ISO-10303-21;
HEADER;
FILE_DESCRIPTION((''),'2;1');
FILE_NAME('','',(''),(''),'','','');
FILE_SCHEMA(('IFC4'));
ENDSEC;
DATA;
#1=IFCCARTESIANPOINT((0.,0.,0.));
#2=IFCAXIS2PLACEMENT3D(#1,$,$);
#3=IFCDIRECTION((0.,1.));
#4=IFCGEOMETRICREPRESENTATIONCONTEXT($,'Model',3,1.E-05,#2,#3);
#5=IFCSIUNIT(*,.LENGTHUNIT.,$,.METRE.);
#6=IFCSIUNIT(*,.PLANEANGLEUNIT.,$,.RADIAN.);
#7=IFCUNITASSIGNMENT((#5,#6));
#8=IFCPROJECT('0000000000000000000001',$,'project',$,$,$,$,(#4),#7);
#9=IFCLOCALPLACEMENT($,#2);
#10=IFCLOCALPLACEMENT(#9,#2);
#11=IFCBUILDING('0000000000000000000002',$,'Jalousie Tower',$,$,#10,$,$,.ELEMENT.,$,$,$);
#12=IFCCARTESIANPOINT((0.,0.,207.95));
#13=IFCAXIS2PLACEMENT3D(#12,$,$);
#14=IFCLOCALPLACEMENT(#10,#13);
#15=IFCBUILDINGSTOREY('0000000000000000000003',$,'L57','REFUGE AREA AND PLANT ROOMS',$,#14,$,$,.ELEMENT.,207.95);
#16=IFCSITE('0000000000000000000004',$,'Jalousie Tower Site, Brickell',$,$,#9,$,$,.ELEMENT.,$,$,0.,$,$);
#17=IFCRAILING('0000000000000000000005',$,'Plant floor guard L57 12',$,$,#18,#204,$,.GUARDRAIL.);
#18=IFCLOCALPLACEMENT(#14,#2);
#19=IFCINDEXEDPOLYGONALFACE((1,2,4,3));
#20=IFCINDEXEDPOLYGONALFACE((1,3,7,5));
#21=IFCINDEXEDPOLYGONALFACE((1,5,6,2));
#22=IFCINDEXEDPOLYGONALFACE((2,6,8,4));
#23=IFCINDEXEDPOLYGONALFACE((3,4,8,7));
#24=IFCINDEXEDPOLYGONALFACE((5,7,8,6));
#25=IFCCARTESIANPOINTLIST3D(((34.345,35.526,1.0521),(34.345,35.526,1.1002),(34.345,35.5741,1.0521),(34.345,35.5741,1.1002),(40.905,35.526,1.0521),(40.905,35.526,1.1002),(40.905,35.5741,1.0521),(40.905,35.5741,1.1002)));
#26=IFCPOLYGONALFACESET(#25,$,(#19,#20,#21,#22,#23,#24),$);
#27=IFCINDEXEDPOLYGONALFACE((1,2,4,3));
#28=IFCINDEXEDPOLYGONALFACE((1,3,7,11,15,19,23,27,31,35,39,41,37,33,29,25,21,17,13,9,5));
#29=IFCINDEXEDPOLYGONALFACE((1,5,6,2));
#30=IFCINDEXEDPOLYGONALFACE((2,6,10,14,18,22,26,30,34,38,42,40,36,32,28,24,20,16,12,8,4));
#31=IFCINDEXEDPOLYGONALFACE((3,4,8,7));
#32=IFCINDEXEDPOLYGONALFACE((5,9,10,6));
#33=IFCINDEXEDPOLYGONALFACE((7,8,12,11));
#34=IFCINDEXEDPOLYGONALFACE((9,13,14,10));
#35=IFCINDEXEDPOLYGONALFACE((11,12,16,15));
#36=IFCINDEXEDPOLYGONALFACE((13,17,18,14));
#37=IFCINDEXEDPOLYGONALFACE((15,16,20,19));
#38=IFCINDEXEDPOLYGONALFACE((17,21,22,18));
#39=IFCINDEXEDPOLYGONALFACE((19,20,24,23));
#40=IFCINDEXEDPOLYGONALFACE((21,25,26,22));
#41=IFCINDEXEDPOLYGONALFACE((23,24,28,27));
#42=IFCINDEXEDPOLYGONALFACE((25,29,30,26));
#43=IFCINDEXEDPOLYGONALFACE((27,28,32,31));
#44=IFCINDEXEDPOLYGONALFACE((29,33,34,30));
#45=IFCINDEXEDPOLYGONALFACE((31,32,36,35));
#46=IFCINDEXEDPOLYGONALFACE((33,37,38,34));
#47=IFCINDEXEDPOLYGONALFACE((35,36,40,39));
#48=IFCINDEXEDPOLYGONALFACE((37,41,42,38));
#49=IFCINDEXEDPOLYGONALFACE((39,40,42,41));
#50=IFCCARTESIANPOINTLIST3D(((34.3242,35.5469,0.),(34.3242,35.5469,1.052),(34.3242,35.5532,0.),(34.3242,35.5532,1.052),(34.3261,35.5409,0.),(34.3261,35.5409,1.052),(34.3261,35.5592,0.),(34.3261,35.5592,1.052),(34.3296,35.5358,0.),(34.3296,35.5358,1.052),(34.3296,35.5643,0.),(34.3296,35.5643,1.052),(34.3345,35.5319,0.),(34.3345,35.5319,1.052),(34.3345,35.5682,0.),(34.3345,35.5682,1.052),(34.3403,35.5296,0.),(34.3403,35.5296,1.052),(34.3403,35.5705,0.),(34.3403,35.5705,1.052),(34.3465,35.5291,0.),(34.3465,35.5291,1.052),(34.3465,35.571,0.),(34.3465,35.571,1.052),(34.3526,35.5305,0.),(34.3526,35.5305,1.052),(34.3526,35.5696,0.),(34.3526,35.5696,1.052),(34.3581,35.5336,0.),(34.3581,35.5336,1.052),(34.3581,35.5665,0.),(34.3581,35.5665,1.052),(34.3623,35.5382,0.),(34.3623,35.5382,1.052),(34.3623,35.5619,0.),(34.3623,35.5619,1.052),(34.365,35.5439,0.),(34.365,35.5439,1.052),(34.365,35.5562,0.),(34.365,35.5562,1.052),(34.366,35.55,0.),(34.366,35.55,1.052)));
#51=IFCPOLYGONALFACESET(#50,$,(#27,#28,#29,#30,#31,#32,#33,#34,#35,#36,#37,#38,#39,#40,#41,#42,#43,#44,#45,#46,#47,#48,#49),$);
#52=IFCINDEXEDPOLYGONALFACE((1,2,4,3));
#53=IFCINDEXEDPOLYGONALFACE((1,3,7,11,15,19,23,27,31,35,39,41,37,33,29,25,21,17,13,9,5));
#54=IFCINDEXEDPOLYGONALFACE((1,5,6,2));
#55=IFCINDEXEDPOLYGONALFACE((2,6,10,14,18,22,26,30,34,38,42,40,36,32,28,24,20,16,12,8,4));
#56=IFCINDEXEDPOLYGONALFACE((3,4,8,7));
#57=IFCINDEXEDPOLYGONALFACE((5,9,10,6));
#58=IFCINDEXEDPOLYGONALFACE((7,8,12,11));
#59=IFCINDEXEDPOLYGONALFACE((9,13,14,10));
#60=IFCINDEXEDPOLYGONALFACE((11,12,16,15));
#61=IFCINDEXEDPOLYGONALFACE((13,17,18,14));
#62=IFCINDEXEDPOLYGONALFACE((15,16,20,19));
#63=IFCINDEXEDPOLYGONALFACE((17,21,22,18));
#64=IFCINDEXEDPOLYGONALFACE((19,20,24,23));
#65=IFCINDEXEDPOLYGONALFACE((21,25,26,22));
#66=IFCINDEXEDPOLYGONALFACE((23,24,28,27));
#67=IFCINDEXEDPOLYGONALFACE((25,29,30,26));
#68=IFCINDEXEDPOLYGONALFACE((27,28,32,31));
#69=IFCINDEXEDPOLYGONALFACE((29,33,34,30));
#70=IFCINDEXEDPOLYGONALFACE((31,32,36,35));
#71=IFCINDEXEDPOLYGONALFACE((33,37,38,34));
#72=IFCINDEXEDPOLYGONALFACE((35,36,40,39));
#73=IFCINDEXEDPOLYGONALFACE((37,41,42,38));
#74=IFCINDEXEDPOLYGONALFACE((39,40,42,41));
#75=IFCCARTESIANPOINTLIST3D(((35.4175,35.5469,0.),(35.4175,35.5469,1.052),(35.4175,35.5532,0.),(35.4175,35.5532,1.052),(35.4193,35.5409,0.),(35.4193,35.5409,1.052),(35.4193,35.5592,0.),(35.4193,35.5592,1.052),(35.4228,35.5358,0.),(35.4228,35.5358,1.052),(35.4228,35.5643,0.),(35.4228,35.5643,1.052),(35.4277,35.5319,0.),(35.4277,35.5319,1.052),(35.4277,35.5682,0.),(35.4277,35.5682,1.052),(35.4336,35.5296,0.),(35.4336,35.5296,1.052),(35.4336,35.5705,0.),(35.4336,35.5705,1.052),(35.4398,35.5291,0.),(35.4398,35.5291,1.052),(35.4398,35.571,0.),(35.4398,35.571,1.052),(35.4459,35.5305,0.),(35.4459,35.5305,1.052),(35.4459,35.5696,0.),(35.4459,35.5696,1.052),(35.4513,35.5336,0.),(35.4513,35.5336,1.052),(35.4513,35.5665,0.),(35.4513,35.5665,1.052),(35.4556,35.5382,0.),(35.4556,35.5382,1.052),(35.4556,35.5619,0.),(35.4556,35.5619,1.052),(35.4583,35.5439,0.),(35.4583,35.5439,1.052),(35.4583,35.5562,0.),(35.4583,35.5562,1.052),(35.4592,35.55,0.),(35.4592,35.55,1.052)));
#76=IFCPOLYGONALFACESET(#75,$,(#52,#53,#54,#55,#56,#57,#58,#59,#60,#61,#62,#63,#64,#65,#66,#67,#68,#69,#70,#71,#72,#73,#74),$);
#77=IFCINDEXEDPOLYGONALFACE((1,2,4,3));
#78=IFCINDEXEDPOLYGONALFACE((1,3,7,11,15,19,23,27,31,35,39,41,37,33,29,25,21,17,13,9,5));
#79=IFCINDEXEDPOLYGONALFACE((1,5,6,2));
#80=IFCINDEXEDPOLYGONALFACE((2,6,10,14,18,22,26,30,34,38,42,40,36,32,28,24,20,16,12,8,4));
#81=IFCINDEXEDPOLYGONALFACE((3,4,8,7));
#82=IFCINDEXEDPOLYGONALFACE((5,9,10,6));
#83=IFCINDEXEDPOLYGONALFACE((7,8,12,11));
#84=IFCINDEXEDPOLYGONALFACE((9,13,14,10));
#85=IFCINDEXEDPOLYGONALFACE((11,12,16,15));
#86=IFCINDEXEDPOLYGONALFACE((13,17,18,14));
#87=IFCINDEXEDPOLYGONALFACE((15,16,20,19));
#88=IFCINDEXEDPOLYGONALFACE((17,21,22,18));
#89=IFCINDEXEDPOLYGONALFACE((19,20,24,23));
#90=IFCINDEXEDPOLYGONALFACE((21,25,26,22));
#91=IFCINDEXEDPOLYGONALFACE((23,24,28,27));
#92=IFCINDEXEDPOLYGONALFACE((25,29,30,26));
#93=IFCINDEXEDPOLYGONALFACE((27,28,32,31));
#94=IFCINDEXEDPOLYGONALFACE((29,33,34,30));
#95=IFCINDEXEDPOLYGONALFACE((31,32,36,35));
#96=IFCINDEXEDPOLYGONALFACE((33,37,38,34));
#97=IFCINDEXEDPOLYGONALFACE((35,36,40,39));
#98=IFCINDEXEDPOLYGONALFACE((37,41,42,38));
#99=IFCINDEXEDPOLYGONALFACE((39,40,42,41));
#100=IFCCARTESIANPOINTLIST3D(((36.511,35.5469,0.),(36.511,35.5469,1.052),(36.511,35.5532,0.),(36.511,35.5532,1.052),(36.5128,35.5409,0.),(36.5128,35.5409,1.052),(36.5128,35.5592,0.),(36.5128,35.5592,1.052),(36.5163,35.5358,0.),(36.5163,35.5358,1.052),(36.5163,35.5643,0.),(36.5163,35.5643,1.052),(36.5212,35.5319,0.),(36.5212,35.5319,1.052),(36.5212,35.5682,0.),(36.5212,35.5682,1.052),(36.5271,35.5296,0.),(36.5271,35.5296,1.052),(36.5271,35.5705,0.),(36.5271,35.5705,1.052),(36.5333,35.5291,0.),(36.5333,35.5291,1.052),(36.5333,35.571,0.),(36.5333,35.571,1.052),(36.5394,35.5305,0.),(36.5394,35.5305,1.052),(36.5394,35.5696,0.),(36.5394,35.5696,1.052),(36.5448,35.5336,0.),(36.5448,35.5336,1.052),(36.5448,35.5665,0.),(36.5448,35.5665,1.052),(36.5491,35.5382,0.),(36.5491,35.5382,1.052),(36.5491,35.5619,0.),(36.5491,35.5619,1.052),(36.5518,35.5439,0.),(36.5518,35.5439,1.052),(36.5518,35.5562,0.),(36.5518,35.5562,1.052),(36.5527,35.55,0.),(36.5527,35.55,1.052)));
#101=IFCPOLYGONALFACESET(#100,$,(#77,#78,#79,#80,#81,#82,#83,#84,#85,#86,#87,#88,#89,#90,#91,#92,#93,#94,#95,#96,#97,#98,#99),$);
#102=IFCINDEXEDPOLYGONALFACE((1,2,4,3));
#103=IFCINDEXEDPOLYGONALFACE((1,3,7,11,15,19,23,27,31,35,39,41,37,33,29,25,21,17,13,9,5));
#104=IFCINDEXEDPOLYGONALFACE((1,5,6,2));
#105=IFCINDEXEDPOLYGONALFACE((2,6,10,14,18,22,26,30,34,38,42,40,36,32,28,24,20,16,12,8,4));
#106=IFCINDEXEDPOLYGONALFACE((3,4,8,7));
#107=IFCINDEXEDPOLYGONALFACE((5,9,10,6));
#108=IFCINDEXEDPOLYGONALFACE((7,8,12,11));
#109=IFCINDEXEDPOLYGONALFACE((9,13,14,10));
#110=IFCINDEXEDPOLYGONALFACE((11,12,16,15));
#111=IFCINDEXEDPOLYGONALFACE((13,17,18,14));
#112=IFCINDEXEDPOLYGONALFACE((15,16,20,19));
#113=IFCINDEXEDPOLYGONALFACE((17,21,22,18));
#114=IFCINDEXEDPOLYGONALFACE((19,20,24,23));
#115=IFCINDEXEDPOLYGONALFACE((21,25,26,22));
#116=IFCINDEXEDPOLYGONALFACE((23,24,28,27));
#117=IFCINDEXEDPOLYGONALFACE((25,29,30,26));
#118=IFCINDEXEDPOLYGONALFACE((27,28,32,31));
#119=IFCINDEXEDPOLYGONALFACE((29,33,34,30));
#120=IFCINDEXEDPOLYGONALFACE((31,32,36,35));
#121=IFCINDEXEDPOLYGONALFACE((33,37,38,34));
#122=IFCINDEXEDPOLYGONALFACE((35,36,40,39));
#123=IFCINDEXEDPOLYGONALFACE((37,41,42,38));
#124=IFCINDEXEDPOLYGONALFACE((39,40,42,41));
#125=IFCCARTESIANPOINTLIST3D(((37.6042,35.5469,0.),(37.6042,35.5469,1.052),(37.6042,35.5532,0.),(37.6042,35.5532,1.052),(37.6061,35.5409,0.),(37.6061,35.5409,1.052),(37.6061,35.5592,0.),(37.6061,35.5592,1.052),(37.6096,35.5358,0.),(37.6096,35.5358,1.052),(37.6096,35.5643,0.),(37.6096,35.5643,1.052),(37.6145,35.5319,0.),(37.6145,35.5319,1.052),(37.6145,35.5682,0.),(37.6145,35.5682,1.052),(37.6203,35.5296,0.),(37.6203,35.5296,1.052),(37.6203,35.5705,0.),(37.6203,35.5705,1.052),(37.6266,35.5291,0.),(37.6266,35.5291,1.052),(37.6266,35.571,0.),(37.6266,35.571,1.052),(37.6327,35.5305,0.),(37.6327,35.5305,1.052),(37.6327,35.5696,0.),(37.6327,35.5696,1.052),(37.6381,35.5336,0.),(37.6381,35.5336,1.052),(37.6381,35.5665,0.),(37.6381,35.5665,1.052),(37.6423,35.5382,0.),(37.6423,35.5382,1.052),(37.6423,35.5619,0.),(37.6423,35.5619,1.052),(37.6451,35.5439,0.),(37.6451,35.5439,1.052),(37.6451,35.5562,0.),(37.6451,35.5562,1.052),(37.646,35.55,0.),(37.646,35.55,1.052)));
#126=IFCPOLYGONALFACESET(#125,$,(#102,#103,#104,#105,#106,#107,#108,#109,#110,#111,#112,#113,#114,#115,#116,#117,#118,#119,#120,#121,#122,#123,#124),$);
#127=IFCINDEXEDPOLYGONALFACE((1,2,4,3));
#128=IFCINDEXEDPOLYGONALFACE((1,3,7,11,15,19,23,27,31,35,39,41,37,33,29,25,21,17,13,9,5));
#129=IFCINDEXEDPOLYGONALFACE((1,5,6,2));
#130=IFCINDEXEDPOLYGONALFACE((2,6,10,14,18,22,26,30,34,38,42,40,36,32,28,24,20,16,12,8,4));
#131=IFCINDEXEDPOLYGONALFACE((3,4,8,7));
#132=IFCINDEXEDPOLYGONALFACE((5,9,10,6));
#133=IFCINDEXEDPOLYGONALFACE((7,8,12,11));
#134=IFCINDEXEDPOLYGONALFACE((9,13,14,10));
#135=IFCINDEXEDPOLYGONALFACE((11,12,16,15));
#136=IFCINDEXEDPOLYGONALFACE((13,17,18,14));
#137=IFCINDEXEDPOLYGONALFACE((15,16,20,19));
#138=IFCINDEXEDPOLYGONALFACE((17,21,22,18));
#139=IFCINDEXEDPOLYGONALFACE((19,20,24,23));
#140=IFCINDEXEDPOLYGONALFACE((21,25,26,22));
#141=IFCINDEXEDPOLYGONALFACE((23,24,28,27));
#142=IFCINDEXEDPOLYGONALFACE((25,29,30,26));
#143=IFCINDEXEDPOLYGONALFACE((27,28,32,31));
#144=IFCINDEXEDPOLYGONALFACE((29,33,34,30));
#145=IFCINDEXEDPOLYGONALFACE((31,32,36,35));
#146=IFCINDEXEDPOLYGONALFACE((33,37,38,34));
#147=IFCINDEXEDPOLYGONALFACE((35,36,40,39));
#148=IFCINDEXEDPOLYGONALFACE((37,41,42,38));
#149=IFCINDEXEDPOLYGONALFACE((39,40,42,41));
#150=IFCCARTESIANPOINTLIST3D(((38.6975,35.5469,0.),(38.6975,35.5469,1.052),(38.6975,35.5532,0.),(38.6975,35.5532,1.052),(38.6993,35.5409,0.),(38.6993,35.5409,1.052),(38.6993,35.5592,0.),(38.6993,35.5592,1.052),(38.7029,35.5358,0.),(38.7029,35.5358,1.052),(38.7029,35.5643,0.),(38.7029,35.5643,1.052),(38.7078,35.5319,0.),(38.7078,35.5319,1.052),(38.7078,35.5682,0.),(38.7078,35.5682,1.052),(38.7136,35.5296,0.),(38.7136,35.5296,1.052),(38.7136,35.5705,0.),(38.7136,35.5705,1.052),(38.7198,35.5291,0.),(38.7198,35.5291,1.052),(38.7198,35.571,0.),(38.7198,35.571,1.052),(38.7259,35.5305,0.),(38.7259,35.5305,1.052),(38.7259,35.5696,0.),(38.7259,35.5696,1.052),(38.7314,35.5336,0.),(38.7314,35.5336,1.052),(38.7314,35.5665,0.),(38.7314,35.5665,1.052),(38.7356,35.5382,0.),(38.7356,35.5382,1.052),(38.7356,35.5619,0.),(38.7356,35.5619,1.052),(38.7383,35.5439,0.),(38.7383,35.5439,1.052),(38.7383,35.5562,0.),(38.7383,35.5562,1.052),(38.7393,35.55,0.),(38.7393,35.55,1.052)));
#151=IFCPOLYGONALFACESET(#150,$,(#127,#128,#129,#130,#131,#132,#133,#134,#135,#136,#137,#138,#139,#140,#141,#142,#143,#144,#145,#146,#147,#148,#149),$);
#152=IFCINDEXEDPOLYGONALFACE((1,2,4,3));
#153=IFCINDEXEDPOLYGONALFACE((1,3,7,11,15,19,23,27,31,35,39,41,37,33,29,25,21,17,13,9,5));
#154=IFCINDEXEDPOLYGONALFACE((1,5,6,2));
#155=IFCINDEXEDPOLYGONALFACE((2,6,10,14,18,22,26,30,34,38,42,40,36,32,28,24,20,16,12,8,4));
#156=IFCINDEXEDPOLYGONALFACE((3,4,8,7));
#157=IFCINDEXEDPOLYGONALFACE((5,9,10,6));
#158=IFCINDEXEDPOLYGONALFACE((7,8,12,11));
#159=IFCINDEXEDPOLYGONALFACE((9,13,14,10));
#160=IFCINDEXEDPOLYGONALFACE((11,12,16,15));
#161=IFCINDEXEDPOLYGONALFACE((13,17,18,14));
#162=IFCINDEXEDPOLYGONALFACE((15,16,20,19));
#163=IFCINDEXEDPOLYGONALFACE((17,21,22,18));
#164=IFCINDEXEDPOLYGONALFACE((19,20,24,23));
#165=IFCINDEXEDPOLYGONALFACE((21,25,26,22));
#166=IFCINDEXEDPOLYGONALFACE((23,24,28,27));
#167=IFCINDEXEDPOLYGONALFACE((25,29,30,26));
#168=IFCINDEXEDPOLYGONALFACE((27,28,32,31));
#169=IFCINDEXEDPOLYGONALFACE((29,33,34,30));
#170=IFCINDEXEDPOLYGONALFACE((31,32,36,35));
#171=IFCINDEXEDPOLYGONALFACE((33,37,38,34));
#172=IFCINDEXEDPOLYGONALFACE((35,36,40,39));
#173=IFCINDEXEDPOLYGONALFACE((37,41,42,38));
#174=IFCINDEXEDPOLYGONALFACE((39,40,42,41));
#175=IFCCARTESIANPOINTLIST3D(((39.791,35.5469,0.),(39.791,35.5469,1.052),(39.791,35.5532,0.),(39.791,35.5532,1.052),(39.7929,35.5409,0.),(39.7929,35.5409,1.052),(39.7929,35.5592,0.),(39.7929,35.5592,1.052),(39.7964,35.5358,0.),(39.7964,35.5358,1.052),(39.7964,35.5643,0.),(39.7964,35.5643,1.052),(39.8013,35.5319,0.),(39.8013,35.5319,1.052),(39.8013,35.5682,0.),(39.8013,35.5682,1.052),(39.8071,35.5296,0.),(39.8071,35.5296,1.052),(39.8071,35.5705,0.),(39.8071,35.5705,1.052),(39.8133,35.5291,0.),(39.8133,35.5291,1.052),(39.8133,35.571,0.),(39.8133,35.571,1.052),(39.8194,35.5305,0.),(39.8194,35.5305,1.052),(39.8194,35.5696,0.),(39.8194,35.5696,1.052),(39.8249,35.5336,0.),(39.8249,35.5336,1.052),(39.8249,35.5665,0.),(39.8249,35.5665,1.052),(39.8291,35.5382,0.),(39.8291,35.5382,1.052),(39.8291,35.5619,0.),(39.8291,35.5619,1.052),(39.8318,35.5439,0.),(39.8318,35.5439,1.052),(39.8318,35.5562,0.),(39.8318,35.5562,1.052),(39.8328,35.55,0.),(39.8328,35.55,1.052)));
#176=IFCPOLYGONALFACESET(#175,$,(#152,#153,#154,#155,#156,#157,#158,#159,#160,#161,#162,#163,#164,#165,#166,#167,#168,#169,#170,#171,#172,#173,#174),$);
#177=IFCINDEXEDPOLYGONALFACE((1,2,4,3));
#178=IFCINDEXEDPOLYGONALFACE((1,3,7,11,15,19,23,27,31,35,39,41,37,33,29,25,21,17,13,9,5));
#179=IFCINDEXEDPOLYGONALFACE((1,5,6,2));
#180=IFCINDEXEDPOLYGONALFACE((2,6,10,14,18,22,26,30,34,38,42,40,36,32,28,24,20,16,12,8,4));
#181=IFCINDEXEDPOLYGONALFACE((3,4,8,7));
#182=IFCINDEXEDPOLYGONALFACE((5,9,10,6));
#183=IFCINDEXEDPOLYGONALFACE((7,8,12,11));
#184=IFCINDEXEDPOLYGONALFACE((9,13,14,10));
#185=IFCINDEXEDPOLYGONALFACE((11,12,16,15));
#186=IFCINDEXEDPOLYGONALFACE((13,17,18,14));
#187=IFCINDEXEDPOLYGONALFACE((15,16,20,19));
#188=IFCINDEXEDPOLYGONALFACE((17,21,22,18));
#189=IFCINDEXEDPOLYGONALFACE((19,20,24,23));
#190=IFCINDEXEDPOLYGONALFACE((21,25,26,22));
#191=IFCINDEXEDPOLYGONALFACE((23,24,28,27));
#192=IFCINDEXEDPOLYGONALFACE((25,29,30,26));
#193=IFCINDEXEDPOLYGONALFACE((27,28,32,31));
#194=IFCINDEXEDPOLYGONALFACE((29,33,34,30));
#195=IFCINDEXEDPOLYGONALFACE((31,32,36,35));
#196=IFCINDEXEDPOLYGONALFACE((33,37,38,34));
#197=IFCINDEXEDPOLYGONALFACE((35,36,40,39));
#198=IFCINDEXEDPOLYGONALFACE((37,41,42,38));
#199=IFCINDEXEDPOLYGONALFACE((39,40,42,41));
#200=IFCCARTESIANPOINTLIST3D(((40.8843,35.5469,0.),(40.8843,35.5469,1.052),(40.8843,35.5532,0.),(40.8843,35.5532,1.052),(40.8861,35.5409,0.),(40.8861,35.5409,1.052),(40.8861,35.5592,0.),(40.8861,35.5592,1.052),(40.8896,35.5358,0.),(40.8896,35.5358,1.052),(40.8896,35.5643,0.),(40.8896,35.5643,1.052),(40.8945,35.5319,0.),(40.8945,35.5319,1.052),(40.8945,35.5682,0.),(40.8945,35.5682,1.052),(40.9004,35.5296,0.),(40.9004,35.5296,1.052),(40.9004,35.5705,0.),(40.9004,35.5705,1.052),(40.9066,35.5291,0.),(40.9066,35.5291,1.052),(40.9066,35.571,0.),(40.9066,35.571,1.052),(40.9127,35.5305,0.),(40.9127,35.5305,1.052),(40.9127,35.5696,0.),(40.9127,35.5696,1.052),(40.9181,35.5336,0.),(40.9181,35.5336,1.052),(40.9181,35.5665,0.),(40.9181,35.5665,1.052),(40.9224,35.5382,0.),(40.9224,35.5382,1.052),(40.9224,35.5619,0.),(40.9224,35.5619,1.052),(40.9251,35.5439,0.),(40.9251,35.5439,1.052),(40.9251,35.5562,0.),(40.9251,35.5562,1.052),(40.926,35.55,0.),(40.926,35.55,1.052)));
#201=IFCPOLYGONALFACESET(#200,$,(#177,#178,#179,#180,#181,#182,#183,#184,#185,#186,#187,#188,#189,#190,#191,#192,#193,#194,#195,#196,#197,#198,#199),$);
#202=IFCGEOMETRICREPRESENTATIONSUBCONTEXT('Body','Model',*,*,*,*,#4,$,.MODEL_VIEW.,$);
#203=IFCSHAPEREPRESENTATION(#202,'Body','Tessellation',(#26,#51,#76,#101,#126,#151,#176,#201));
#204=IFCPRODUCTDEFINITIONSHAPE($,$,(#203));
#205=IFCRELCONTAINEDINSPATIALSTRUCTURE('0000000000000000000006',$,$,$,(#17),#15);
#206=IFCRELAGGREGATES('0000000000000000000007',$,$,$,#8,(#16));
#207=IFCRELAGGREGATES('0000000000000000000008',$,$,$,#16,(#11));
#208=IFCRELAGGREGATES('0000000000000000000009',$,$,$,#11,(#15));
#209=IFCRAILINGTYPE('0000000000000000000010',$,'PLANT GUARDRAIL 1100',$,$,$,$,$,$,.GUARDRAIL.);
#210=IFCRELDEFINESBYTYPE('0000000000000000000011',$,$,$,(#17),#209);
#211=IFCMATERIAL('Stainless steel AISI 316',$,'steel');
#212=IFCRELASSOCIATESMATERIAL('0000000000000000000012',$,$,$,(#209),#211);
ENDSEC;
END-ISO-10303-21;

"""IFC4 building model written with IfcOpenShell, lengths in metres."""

from ifc_helpers import new_model, si_unit, direction, frame, origin, origin_2d, place, context, subcontext, project, spatial, rectangle, circle, extrude, material, type_object, element, save


model = new_model("IFC4")

# Units and contexts
model_context = context("Model", 3, precision=1e-05, world=origin(), true_north=direction((0.0, 1.0)))
body_context = subcontext(model_context, "Body", "Model", "MODEL_VIEW")
ifc_project = project(units=[si_unit("LENGTHUNIT", "METRE"), si_unit("PLANEANGLEUNIT", "RADIAN")], contexts=[model_context])

# Site, building, storey
site_placement = place(None, origin())
site = spatial("IfcSite", under=ifc_project, at=site_placement, Name="Jalousie Tower Site, Brickell", CompositionType="ELEMENT", RefElevation=0.0)
building_placement = place(site_placement, origin())
building = spatial("IfcBuilding", under=site, at=building_placement, Name="Jalousie Tower", CompositionType="ELEMENT")
storey_placement = place(building_placement, frame((0.0, 0.0, 207.95)))
storey = spatial("IfcBuildingStorey", under=building, at=storey_placement, Name="L57", Description="REFUGE AREA AND PLANT ROOMS", CompositionType="ELEMENT", Elevation=207.95)

# Railing
ifc_material_1 = material(Name="Stainless steel AISI 316", Category="steel")
railing_type_1 = type_object("IfcRailingType", Name="PLANT GUARDRAIL 1100", PredefinedType="GUARDRAIL", material=ifc_material_1)
railing_1_placement = place(storey_placement, frame((34.345, 35.55, 0.0)))
element("IfcRailing", 1, at=railing_1_placement, inside=storey, type_object=railing_type_1, Name="Plant floor guard L57 12", PredefinedType="GUARDRAIL", context=body_context, shape_type="SweptSolid", body=[
    extrude(rectangle(XDim=0.0481, YDim=0.0481, at=origin_2d()), frame((0.0, 0.0, 1.0762), z_axis=(1.0, 0.0, 0.0), x_axis=(0.0, 1.0, 0.0)), (0.0, 0.0, 1.0), 6.5601),
    extrude(circle(Radius=0.021, at=origin_2d()), origin(), (0.0, 0.0, 1.0), 1.052),
    extrude(circle(Radius=0.021, at=origin_2d()), frame((1.0933, 0.0, 0.0)), (0.0, 0.0, 1.0), 1.052),
    extrude(circle(Radius=0.021, at=origin_2d()), frame((2.1868, 0.0, 0.0)), (0.0, 0.0, 1.0), 1.052),
    extrude(circle(Radius=0.021, at=origin_2d()), frame((3.28, 0.0, 0.0)), (0.0, 0.0, 1.0), 1.052),
    extrude(circle(Radius=0.021, at=origin_2d()), frame((4.3733, 0.0, 0.0)), (0.0, 0.0, 1.0), 1.052),
    extrude(circle(Radius=0.021, at=origin_2d()), frame((5.4668, 0.0, 0.0)), (0.0, 0.0, 1.0), 1.052),
    extrude(circle(Radius=0.021, at=origin_2d()), frame((6.5601, 0.0, 0.0)), (0.0, 0.0, 1.0), 1.052),
])

save(model, "model.ifc")
